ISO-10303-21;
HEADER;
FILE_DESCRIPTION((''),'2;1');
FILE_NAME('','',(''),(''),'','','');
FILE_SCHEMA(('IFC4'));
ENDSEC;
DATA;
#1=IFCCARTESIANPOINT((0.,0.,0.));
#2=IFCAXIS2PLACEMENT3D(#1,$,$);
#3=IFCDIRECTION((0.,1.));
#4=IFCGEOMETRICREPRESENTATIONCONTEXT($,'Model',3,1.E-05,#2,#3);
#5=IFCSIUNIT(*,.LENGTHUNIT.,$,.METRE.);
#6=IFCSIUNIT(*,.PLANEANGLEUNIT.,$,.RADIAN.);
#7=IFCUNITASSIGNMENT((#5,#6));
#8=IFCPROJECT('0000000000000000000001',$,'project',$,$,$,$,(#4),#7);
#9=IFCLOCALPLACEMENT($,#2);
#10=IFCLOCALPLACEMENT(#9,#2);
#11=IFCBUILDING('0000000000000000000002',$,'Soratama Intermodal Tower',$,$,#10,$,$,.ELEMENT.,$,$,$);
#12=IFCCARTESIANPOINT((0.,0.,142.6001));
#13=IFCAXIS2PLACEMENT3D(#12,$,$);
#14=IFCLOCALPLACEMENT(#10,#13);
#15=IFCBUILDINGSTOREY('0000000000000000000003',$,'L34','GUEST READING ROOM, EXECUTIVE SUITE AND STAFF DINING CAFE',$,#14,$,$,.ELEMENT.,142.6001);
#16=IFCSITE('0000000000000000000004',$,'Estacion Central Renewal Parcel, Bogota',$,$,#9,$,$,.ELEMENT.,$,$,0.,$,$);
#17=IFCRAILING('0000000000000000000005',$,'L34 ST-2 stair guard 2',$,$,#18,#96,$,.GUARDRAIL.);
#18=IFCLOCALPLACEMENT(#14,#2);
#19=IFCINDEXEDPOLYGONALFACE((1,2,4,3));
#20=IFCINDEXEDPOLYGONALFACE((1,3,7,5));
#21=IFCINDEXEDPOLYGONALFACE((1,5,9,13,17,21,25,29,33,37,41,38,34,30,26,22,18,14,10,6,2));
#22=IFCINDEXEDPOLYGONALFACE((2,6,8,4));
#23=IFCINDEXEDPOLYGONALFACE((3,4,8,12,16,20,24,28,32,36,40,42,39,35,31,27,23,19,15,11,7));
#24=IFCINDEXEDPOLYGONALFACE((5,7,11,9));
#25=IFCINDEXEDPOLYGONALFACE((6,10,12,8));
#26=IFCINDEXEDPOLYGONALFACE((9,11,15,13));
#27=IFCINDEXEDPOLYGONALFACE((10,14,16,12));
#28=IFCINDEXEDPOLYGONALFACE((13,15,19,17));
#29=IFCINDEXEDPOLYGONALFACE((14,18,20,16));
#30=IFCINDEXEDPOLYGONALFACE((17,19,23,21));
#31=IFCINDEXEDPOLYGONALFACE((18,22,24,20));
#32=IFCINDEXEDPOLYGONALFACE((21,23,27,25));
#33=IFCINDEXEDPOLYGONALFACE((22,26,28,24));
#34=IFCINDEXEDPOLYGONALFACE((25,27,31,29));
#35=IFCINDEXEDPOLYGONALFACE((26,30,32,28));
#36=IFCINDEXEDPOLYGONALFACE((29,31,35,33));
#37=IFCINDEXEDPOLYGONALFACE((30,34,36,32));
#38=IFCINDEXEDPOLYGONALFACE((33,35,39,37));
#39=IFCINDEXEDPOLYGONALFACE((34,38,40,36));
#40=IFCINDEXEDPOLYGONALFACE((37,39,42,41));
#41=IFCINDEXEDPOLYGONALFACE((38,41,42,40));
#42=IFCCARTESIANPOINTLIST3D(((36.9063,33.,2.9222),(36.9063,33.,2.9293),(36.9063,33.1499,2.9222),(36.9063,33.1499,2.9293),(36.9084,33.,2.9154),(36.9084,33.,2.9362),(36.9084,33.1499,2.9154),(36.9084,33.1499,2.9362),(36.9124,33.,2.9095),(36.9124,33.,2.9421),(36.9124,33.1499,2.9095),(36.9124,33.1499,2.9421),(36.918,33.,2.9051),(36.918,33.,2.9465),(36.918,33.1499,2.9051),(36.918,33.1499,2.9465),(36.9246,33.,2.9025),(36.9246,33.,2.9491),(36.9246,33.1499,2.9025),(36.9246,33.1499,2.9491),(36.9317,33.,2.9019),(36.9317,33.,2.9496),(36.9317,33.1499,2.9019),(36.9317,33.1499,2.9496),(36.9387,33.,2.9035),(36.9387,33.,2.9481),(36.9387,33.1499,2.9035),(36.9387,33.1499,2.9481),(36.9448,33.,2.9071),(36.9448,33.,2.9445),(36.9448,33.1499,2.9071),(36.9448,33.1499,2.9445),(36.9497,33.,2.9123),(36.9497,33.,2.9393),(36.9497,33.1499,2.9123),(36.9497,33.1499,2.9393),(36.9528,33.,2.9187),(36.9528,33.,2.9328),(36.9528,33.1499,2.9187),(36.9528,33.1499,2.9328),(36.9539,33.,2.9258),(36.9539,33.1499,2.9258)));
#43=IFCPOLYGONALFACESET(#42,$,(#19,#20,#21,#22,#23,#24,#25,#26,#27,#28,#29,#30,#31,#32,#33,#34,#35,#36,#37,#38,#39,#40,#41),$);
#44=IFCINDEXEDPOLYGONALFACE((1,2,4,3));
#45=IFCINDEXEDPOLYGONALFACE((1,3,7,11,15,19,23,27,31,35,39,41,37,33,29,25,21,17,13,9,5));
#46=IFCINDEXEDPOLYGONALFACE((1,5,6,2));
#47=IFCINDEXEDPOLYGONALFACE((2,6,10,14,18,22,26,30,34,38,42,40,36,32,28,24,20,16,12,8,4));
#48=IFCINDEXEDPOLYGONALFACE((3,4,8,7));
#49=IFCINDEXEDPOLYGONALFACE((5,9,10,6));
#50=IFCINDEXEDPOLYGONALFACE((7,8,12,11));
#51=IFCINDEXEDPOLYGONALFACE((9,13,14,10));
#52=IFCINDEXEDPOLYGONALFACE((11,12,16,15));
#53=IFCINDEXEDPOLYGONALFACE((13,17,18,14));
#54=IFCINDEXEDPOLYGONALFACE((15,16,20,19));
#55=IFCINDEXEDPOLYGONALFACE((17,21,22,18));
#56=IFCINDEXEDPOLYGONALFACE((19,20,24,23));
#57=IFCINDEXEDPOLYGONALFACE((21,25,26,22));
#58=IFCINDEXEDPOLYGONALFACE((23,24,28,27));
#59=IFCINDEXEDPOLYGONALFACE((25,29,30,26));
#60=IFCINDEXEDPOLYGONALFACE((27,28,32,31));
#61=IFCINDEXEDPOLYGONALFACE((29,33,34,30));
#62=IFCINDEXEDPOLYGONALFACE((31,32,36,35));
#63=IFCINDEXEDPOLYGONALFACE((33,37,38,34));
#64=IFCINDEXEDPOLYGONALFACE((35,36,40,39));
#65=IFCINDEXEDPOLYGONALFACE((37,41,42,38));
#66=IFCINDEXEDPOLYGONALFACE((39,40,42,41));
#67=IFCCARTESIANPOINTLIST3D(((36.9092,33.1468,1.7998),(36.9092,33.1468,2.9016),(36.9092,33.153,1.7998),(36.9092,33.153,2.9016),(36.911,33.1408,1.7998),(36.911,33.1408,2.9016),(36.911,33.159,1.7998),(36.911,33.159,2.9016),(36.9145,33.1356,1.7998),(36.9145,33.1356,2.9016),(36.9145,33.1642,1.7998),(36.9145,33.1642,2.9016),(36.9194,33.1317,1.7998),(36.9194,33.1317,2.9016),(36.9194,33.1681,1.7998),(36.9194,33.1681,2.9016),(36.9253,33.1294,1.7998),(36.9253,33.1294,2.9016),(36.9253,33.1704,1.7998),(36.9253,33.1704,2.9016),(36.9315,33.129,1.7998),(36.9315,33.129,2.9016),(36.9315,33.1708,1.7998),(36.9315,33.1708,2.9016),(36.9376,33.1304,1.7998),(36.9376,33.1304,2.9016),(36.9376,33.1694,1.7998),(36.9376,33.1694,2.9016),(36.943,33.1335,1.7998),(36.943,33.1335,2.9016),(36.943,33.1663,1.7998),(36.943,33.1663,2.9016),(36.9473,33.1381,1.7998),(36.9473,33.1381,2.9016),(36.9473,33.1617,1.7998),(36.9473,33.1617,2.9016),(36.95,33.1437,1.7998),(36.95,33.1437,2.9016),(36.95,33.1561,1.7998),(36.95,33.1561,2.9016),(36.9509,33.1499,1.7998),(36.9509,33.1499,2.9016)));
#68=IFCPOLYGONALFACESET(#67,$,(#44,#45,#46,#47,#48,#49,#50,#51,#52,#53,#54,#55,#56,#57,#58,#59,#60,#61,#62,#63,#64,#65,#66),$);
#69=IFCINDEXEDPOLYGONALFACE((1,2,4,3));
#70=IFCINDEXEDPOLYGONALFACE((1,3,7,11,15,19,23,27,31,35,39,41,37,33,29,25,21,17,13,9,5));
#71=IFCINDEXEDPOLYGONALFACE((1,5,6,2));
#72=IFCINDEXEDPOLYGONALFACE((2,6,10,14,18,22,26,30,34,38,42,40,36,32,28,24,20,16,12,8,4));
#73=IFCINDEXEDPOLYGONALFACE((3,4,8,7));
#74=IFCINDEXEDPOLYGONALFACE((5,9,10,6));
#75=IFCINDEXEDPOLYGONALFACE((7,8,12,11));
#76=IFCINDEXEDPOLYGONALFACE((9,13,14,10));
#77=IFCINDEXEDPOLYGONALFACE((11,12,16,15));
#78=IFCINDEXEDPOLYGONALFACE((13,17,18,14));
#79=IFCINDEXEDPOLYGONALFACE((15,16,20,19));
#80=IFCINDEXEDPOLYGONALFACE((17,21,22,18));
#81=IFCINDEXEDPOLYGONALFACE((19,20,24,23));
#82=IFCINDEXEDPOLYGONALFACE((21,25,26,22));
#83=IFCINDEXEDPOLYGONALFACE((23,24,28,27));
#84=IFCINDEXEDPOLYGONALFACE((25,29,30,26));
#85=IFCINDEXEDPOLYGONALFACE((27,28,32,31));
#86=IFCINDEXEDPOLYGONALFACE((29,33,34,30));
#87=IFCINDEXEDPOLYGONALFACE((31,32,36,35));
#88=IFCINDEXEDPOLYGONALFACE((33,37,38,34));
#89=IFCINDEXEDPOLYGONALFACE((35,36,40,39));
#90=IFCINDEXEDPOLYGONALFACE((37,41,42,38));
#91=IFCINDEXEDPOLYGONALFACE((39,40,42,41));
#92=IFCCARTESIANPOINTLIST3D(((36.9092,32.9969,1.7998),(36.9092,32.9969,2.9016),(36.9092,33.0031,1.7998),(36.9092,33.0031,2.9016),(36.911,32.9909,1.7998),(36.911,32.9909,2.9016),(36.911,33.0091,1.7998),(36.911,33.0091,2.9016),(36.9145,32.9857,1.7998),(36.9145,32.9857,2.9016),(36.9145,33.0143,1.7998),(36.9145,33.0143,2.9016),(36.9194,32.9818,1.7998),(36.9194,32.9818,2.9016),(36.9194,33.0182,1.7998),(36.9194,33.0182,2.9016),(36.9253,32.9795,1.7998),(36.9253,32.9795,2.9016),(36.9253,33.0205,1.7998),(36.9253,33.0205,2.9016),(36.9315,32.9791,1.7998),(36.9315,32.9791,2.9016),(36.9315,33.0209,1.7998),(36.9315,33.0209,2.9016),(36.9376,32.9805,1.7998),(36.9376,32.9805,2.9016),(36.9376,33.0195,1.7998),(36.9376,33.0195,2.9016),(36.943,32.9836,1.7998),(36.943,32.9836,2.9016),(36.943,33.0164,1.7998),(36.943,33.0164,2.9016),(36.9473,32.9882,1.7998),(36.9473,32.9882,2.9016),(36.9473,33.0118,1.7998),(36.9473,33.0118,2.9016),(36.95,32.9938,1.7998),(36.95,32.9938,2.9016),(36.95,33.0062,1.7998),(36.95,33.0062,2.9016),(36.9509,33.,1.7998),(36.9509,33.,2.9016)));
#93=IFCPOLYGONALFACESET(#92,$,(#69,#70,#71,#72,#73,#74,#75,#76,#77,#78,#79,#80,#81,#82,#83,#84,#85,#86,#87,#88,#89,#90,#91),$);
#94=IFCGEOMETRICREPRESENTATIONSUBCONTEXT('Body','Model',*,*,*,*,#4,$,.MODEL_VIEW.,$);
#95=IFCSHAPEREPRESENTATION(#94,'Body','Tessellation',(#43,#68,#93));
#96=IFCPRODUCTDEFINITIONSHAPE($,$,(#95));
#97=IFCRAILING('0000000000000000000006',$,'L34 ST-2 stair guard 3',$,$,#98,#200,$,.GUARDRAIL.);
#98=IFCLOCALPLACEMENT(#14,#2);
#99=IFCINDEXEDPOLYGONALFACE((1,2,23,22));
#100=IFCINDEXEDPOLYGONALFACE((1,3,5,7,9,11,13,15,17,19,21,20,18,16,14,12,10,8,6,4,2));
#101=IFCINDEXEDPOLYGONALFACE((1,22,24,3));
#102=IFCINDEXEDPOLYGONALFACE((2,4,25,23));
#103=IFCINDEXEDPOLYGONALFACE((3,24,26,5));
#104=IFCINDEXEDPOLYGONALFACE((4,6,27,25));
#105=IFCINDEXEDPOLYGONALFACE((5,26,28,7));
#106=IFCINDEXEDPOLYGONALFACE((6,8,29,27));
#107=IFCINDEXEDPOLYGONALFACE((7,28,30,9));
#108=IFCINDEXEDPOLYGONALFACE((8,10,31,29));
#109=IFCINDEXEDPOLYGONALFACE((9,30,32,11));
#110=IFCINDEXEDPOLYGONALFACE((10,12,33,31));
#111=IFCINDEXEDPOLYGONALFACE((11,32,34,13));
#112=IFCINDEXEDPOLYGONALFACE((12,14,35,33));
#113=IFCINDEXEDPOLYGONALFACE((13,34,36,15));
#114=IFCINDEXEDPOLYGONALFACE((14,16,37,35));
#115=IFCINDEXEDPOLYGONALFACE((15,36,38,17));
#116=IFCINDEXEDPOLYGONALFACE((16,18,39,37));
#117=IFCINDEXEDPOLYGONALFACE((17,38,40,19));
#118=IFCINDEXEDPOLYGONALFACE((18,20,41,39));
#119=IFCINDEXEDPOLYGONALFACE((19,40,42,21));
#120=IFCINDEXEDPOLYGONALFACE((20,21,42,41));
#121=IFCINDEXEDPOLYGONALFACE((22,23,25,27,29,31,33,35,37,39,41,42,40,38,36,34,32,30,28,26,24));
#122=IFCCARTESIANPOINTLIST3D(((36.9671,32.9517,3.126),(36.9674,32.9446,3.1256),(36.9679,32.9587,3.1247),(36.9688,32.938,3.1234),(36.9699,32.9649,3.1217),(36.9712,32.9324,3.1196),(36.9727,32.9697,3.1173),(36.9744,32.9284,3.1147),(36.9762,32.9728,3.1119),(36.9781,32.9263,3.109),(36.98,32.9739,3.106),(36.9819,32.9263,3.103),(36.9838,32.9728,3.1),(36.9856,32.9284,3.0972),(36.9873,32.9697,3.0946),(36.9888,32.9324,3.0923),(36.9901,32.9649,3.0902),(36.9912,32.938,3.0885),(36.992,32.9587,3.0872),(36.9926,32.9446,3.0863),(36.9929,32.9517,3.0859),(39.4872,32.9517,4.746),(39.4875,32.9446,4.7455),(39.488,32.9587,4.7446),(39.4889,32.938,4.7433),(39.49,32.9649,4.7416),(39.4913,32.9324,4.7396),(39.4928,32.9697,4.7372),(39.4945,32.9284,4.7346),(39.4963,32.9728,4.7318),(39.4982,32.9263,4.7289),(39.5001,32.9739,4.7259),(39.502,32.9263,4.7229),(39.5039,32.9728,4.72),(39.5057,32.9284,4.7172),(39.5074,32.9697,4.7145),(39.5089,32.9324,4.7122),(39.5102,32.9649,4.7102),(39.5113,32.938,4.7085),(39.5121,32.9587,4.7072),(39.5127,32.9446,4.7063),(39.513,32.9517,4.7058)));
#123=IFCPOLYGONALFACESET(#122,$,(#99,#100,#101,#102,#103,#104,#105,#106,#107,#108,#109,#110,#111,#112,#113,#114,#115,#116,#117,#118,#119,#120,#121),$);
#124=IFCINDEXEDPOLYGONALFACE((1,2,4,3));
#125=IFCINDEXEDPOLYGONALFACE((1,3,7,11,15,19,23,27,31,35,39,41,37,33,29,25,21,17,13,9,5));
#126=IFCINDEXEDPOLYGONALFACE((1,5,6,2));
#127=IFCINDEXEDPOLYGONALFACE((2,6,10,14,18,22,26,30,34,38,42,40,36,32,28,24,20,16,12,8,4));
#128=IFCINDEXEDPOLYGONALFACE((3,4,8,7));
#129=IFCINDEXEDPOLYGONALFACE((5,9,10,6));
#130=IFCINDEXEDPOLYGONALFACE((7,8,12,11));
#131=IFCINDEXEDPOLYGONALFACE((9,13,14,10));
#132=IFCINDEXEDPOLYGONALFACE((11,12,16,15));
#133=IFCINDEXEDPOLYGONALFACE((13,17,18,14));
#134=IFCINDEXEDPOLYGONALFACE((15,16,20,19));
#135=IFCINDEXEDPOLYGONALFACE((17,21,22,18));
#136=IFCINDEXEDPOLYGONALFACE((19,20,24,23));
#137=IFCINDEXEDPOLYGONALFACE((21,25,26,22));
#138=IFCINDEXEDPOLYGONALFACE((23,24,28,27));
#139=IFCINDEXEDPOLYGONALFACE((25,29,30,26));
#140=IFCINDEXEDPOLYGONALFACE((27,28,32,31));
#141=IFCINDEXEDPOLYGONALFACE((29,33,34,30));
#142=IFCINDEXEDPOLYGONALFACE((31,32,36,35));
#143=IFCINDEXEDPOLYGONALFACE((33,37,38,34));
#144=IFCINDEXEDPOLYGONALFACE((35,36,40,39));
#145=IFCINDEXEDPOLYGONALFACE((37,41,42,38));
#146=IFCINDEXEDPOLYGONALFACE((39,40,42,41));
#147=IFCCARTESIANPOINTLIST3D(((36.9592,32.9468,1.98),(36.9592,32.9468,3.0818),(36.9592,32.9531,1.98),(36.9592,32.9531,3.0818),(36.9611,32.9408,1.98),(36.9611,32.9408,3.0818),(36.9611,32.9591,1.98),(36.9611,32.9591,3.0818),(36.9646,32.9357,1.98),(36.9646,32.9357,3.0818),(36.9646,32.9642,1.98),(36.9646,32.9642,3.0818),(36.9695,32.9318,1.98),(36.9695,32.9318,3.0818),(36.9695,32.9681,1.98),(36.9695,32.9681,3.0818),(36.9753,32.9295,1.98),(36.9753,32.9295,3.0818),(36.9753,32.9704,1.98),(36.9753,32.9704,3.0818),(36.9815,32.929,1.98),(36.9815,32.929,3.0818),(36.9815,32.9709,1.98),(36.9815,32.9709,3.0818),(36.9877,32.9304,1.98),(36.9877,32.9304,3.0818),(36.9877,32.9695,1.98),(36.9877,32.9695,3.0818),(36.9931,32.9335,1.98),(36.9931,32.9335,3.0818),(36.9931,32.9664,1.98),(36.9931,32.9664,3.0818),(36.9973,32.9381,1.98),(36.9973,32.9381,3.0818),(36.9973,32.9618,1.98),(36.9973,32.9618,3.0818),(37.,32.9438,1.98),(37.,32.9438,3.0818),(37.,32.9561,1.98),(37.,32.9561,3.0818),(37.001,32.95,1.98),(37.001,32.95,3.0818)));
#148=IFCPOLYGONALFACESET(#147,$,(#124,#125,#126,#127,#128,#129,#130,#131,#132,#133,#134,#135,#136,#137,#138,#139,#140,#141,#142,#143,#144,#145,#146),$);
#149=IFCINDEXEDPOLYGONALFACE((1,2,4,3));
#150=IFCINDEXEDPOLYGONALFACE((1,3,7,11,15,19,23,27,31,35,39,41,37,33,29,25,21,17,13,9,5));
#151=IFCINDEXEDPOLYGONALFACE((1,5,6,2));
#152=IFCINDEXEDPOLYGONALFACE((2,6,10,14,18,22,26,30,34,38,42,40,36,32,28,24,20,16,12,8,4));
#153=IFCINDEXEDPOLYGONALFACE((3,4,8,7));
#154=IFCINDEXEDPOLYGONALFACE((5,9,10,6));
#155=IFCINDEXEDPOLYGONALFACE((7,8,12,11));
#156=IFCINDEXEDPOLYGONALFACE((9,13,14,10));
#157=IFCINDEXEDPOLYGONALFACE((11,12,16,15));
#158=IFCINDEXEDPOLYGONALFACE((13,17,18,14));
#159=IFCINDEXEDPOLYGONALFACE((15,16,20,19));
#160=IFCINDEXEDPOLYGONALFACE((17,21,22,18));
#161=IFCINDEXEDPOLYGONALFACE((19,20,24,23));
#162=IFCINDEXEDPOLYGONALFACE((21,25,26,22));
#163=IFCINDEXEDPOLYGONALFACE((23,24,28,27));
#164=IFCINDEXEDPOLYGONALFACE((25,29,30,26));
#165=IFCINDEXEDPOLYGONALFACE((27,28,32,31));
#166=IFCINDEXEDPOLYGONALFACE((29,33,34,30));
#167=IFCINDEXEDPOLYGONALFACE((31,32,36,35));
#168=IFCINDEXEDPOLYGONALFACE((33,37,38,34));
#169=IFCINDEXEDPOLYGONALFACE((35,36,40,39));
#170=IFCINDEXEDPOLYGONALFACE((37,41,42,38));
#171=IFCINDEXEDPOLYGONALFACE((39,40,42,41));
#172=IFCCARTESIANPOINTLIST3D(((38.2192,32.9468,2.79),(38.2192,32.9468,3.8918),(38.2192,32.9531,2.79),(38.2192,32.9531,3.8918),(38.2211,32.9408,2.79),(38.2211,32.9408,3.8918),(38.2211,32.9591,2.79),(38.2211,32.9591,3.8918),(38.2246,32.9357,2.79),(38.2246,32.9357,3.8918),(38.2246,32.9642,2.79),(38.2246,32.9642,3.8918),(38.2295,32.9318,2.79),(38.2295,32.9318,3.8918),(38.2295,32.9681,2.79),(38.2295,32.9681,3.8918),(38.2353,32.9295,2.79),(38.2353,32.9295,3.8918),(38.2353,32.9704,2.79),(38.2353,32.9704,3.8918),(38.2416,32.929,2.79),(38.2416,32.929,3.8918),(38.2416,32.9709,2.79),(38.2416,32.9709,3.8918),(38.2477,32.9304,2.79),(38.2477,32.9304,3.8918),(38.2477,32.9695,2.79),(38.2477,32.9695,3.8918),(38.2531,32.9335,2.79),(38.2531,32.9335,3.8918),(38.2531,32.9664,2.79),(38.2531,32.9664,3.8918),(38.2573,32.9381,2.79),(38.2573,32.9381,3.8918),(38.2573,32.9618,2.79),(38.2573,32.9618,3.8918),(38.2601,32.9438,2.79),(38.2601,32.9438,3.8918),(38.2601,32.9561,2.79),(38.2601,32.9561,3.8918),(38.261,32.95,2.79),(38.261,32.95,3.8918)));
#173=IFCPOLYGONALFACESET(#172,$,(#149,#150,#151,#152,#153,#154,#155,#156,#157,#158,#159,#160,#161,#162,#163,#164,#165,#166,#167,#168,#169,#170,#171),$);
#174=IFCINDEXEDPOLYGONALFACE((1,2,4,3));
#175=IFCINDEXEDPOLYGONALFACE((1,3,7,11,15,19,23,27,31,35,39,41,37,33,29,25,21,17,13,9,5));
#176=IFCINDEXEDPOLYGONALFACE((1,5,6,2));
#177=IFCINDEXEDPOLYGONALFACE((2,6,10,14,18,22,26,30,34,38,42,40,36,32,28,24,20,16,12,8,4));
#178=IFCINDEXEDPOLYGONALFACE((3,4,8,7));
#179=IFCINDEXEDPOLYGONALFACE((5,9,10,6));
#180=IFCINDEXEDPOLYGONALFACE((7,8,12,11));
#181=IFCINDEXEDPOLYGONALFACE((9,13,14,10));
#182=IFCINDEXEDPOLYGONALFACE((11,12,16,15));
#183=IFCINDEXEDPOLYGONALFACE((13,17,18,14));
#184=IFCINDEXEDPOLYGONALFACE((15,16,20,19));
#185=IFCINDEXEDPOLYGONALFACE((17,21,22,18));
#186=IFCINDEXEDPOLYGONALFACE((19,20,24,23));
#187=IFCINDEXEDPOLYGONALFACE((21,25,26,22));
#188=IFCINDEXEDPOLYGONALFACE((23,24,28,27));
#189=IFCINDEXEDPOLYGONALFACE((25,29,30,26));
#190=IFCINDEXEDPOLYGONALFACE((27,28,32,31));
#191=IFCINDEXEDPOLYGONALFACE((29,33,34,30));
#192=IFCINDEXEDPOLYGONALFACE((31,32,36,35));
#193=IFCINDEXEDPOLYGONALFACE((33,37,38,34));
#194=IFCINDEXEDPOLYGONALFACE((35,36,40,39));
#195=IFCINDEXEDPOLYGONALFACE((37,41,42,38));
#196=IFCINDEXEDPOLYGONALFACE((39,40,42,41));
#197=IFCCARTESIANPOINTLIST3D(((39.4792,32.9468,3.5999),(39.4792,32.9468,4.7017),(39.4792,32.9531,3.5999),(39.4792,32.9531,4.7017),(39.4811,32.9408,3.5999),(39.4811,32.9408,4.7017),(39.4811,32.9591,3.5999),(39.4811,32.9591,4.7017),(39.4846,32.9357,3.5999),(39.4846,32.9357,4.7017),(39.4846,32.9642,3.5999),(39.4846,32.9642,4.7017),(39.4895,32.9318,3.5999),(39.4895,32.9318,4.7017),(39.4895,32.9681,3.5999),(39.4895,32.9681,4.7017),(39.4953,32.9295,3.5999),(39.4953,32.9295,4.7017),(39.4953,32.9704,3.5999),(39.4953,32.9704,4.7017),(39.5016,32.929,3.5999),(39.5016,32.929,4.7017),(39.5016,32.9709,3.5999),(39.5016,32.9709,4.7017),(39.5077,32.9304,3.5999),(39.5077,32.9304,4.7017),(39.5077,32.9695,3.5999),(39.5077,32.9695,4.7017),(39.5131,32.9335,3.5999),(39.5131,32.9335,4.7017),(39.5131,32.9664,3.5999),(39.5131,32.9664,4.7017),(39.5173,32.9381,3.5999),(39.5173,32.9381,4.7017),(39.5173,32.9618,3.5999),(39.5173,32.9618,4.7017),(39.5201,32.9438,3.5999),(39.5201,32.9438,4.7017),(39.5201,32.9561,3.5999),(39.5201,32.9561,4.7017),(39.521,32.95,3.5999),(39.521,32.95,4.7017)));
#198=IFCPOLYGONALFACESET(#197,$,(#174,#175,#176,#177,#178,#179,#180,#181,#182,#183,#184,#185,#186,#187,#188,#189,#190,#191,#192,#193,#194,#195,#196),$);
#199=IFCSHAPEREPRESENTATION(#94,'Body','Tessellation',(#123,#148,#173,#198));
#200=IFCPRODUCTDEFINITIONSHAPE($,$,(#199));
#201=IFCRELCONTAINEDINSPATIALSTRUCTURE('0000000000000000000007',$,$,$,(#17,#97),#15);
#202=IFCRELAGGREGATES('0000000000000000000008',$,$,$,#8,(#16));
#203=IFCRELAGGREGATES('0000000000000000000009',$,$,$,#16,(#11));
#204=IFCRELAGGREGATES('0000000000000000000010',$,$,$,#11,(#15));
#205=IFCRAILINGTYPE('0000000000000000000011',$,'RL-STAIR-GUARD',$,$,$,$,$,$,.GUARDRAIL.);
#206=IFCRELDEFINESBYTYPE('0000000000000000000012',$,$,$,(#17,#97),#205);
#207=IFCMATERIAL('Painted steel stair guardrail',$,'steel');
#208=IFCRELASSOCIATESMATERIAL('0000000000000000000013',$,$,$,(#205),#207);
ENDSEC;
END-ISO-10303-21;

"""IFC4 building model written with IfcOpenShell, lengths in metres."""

from ifc_helpers import new_model, si_unit, direction, frame, origin, origin_2d, place, context, subcontext, project, spatial, circle, extrude, material, type_object, element, save


model = new_model("IFC4")

# Units and contexts
model_context = context("Model", 3, precision=1e-05, world=origin(), true_north=direction((0.0, 1.0)))
body_context = subcontext(model_context, "Body", "Model", "MODEL_VIEW")
ifc_project = project(units=[si_unit("LENGTHUNIT", "METRE"), si_unit("PLANEANGLEUNIT", "RADIAN")], contexts=[model_context])

# Site, building, storey
site_placement = place(None, origin())
site = spatial("IfcSite", under=ifc_project, at=site_placement, Name="Estacion Central Renewal Parcel, Bogota", CompositionType="ELEMENT", RefElevation=0.0)
building_placement = place(site_placement, origin())
building = spatial("IfcBuilding", under=site, at=building_placement, Name="Soratama Intermodal Tower", CompositionType="ELEMENT")
storey_placement = place(building_placement, frame((0.0, 0.0, 142.6001)))
storey = spatial("IfcBuildingStorey", under=building, at=storey_placement, Name="L34", Description="GUEST READING ROOM, EXECUTIVE SUITE AND STAFF DINING CAFE", CompositionType="ELEMENT", Elevation=142.6001)

# Railings
ifc_material_1 = material(Name="Painted steel stair guardrail", Category="steel")
railing_type_1 = type_object("IfcRailingType", Name="RL-STAIR-GUARD", PredefinedType="GUARDRAIL", material=ifc_material_1)
railing_1_placement = place(storey_placement, frame((36.9299, 33.1499, 1.7998)))
element("IfcRailing", 1, at=railing_1_placement, inside=storey, type_object=railing_type_1, Name="L34 ST-2 stair guard 2", PredefinedType="GUARDRAIL", context=body_context, shape_type="SweptSolid", body=[
    extrude(circle(Radius=0.0239, at=origin_2d()), frame((0.0, 0.0, 1.126), z_axis=(0.0, -1.0, 0.0), x_axis=(1.0, 0.0, 0.0)), (0.0, 0.0, 1.0), 0.1499),
    extrude(circle(Radius=0.021, at=origin_2d()), origin(), (0.0, 0.0, 1.0), 1.1018),
    extrude(circle(Radius=0.021, at=origin_2d()), frame((0.0, -0.1499, 0.0)), (0.0, 0.0, 1.0), 1.1018),
])
railing_2_placement = place(storey_placement, frame((36.98, 32.95, 1.98)))
element("IfcRailing", 2, at=railing_2_placement, inside=storey, type_object=railing_type_1, Name="L34 ST-2 stair guard 3", PredefinedType="GUARDRAIL", context=body_context, shape_type="SweptSolid", body=[
    extrude(circle(Radius=0.0239, at=origin_2d()), frame((0.0, 0.0, 1.126), z_axis=(0.8412, 0.0, 0.540725), x_axis=(0.0, 1.0, 0.0)), (0.0, 0.0, 1.0), 2.9958),
    extrude(circle(Radius=0.021, at=origin_2d()), origin(), (0.0, 0.0, 1.0), 1.1018),
    extrude(circle(Radius=0.021, at=origin_2d()), frame((1.26, 0.0, 0.8101)), (0.0, 0.0, 1.0), 1.1018),
    extrude(circle(Radius=0.021, at=origin_2d()), frame((2.52, 0.0, 1.6199)), (0.0, 0.0, 1.0), 1.1018),
])

save(model, "model.ifc")
